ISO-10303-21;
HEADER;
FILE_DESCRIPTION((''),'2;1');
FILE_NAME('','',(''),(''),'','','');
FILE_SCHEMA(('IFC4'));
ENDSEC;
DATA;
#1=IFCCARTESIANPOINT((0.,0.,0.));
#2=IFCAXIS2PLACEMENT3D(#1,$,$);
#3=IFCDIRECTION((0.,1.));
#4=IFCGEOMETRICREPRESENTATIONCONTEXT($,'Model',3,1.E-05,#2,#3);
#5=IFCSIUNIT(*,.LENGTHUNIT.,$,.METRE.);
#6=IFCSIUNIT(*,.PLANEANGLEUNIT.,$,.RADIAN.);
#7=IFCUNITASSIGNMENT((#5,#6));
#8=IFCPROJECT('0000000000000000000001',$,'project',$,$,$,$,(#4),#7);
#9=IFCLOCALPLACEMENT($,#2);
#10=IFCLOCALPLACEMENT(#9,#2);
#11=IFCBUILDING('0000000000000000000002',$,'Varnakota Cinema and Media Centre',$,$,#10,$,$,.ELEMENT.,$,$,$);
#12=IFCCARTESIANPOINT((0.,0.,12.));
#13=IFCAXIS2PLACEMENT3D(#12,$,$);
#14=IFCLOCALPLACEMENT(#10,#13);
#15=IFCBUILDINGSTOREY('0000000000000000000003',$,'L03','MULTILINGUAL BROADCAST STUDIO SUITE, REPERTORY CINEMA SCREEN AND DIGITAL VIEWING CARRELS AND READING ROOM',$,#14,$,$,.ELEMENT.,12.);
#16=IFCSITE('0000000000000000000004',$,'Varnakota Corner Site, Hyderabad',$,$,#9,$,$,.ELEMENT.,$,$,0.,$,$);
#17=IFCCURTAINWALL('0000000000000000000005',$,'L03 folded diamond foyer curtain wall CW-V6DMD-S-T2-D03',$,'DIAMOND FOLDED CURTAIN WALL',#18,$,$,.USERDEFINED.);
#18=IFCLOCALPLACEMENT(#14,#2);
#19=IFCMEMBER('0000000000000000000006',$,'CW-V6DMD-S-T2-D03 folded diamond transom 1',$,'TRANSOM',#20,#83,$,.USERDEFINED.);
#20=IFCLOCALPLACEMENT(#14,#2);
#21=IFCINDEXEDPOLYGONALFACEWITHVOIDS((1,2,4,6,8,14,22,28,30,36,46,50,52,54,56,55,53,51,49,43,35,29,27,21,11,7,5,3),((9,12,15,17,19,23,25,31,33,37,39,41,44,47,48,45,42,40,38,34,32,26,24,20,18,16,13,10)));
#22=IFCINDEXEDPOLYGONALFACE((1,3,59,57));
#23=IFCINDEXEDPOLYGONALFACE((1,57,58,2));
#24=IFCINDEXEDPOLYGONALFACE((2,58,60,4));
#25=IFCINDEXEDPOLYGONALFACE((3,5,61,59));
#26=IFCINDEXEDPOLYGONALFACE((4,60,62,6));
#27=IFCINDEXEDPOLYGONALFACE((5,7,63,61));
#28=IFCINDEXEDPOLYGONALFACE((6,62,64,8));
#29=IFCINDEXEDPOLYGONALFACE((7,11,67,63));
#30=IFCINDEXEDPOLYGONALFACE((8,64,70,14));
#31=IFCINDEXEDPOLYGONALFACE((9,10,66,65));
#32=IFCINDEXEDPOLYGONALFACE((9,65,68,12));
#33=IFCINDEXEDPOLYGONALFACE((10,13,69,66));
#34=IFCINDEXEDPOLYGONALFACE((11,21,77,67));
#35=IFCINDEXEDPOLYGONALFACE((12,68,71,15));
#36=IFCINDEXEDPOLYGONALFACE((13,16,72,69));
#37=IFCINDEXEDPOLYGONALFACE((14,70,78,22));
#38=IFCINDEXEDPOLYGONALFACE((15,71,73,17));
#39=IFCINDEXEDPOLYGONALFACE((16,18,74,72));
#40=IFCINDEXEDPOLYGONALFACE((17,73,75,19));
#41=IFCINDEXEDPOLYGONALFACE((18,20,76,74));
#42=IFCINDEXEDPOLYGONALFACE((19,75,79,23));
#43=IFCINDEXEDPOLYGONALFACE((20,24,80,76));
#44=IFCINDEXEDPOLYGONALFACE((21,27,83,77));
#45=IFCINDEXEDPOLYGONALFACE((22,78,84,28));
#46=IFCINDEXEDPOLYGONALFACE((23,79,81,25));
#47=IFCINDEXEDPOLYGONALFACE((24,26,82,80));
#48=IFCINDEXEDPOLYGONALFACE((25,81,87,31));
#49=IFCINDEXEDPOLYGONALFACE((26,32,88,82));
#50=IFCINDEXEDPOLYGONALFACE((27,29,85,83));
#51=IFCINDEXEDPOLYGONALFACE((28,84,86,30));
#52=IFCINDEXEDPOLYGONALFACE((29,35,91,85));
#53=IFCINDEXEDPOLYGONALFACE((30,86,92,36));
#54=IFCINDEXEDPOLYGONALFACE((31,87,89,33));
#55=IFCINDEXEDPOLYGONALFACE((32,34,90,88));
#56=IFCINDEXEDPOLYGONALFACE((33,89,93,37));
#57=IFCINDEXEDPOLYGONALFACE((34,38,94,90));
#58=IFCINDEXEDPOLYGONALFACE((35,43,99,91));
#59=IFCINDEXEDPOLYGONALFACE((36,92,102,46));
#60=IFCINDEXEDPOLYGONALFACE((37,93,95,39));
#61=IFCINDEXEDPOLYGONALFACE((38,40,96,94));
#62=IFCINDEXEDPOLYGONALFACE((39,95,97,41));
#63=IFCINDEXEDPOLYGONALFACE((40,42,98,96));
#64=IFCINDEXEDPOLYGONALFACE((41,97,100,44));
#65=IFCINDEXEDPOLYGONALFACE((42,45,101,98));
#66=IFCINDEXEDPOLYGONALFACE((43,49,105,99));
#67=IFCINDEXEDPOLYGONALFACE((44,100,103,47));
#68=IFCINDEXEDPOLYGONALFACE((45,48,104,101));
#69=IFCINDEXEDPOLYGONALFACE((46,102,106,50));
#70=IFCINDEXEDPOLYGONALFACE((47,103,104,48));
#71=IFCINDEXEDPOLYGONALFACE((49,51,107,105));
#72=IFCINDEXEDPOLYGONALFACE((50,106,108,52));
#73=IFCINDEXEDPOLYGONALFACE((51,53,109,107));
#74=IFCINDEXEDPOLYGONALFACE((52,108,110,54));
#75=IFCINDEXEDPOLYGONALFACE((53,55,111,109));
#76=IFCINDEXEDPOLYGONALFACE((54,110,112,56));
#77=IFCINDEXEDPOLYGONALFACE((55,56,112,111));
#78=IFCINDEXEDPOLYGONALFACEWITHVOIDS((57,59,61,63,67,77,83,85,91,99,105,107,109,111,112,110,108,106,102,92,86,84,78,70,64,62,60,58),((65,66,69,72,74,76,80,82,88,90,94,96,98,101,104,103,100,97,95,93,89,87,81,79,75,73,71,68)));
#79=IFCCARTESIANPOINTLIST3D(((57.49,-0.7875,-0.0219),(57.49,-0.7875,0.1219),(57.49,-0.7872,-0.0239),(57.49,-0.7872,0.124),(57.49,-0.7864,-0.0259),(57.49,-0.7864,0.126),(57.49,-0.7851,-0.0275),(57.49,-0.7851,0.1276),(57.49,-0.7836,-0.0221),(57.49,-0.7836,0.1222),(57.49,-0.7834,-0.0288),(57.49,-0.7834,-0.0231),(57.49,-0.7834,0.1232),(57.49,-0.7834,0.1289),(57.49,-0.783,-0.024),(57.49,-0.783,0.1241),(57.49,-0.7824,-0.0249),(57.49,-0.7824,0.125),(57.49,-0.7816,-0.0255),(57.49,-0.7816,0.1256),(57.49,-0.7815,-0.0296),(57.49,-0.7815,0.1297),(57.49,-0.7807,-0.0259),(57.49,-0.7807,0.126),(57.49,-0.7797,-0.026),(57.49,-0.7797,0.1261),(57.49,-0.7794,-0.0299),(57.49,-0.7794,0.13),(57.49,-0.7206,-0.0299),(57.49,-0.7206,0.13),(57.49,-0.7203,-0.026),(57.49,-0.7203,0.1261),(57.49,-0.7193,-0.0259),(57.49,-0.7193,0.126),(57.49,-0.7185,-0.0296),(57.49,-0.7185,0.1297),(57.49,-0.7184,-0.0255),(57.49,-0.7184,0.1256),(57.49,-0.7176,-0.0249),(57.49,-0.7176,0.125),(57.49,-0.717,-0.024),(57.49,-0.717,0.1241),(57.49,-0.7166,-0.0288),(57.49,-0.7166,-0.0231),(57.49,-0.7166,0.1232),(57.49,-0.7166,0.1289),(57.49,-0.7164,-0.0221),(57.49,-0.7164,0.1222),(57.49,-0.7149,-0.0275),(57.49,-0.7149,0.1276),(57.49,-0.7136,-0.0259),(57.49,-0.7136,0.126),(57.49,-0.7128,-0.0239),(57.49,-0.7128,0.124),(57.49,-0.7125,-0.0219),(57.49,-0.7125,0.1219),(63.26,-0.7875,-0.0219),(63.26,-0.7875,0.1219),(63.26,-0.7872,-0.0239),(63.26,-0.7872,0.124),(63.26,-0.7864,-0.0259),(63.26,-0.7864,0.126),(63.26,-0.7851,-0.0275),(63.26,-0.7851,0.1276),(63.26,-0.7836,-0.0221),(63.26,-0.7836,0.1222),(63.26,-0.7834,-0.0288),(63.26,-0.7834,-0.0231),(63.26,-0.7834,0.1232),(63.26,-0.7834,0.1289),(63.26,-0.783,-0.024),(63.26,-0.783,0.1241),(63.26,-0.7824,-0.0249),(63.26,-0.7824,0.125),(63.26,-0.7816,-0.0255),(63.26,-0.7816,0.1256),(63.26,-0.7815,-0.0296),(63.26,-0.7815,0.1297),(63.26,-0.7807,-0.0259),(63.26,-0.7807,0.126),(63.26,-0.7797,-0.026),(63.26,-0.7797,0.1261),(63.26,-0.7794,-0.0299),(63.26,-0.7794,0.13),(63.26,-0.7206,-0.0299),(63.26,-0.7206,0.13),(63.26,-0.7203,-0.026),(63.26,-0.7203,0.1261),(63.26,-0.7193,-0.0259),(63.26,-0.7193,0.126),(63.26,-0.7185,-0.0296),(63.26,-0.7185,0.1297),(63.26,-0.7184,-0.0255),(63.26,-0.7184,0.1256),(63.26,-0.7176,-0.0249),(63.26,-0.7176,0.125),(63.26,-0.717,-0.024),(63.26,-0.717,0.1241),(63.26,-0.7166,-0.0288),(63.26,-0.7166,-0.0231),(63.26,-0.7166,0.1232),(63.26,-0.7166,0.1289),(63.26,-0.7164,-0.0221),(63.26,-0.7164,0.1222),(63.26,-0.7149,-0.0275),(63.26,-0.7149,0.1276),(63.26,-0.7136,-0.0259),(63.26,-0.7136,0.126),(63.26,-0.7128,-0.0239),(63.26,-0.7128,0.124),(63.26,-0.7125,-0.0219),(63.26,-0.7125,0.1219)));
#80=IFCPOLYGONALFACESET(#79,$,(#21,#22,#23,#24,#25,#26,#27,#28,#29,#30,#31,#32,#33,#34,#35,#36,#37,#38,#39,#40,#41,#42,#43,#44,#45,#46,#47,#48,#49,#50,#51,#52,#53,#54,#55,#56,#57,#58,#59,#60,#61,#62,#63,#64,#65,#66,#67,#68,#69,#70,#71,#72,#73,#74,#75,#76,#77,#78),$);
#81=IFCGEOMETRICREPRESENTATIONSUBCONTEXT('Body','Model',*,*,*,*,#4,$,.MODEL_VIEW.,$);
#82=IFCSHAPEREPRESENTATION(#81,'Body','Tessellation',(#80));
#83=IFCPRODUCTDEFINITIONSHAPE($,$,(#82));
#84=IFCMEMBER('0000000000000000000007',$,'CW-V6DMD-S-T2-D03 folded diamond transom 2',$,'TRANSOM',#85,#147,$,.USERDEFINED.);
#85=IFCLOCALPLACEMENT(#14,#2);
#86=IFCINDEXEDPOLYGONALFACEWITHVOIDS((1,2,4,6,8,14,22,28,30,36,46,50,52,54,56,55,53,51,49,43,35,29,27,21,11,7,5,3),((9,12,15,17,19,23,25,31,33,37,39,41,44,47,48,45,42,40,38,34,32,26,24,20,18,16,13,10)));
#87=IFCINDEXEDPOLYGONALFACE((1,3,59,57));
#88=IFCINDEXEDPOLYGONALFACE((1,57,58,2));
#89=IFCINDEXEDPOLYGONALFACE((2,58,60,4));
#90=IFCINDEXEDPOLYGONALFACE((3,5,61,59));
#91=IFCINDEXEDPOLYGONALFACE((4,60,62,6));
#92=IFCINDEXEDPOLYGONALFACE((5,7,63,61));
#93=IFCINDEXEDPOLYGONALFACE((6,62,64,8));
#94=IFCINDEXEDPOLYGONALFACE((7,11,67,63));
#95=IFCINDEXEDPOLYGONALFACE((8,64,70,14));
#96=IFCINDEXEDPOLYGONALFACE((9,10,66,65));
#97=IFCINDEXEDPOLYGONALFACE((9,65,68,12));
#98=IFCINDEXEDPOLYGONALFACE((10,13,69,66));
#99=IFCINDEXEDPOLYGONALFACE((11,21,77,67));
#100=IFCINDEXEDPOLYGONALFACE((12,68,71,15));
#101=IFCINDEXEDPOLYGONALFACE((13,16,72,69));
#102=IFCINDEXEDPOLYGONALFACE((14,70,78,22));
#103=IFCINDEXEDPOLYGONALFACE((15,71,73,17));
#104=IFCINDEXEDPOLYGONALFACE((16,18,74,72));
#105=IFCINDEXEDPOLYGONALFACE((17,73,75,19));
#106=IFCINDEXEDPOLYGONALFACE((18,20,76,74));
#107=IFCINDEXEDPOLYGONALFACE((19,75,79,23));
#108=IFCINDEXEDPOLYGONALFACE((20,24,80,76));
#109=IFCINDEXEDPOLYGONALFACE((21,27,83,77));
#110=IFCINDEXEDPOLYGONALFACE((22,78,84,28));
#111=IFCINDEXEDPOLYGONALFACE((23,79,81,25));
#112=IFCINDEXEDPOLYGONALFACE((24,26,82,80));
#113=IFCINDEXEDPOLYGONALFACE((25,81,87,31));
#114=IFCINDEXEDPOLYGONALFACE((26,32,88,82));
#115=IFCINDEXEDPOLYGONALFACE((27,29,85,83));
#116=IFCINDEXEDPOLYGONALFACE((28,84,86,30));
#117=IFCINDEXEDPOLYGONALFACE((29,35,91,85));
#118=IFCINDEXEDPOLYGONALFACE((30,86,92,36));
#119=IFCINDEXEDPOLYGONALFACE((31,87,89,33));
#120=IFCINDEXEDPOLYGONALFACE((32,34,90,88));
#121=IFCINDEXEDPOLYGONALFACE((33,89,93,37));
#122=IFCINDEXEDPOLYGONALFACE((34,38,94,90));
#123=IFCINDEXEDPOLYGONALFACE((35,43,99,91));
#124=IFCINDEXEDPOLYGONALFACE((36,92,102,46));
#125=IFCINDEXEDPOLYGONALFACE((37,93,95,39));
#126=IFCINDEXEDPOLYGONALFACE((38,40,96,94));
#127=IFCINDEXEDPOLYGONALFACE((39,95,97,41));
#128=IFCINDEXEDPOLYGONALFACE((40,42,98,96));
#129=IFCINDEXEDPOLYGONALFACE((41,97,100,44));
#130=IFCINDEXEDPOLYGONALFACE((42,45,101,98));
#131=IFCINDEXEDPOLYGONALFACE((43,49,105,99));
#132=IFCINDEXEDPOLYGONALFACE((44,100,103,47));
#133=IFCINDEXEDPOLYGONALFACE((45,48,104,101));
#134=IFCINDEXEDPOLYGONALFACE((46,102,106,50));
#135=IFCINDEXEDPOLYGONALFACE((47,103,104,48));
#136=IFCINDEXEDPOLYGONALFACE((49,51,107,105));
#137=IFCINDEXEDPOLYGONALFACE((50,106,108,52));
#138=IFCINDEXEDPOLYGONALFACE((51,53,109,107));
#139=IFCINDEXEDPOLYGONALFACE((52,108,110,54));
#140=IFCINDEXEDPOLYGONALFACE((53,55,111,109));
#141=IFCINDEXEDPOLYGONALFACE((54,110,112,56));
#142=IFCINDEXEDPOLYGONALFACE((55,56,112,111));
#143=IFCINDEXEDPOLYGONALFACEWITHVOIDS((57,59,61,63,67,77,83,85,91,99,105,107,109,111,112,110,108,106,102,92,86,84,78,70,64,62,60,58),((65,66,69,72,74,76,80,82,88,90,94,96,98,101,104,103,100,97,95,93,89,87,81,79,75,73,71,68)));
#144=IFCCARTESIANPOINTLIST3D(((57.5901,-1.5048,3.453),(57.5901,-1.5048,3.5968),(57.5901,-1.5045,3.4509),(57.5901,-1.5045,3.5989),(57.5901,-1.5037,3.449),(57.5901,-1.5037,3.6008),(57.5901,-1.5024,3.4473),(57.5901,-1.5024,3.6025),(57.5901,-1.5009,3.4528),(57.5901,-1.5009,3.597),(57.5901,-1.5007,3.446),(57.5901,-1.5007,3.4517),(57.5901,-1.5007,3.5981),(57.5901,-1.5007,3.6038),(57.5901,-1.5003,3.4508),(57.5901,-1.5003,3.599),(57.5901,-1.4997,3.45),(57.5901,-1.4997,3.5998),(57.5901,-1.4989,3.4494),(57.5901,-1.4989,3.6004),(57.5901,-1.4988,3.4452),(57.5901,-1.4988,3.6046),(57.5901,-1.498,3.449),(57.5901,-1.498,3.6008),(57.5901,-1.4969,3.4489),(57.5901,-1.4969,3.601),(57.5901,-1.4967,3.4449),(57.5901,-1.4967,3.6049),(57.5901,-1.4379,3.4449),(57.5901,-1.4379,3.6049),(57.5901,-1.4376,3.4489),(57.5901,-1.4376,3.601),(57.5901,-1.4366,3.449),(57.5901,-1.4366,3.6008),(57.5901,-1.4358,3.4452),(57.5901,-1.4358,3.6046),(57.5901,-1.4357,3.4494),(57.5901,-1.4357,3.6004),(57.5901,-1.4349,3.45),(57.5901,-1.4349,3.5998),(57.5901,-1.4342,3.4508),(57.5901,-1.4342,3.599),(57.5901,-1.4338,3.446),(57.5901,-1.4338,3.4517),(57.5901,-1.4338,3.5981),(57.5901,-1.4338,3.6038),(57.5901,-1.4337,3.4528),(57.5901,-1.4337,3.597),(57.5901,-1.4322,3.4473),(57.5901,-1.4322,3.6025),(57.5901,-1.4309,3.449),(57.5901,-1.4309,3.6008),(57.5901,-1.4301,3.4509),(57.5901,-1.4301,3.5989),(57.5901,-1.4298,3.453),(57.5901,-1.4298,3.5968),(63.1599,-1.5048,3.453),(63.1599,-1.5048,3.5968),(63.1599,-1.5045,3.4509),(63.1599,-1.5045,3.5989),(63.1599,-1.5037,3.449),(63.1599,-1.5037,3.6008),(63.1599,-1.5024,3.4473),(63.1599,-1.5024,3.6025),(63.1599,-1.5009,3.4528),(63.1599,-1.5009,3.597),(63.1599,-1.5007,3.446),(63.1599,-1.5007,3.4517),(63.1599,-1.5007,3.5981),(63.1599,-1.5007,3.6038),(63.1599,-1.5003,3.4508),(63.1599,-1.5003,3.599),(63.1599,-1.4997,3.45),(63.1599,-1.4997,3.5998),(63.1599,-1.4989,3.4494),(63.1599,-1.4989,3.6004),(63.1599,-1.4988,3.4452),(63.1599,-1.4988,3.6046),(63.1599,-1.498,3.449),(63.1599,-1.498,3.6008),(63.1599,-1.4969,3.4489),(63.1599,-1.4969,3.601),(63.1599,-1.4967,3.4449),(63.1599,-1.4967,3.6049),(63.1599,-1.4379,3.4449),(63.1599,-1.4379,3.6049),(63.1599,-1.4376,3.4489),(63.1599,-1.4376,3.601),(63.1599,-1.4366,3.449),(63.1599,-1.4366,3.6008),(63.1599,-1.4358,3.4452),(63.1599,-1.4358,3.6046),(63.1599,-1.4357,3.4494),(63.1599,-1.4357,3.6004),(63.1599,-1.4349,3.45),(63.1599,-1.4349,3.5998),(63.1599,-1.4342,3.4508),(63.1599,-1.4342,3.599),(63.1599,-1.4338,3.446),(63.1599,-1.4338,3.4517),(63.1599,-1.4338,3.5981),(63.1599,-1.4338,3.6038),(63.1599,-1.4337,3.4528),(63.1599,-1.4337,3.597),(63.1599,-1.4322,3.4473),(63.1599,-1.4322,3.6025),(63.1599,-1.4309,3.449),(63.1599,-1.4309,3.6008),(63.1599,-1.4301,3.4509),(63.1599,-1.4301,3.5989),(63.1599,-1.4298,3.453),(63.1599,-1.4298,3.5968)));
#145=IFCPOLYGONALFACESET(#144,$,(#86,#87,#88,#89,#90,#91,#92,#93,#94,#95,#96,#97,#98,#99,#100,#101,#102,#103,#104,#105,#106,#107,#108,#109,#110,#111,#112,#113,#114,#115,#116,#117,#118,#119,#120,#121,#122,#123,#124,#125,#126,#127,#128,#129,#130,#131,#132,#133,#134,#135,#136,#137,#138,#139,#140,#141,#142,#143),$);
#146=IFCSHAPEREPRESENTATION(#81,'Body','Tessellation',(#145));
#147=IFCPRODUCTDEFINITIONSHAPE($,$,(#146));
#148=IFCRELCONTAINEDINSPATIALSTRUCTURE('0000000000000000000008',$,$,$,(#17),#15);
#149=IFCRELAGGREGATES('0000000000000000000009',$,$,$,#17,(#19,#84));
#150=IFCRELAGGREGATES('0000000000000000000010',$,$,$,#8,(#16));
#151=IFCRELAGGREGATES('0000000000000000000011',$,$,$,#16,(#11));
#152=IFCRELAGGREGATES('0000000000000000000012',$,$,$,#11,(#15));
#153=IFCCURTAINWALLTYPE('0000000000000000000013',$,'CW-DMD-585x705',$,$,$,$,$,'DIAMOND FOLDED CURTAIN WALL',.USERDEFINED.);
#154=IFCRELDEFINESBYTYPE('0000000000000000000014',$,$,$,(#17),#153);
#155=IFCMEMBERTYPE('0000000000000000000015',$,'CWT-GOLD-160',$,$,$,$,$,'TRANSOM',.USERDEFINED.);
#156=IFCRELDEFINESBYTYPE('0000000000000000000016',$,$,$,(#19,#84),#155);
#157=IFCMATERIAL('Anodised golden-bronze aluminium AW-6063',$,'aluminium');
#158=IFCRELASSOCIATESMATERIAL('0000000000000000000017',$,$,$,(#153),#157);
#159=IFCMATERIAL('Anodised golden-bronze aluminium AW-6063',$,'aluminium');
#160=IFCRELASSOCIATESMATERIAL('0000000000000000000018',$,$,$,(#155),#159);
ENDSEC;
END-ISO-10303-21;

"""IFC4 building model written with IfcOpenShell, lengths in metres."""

from ifc_helpers import new_model, si_unit, direction, frame, origin, origin_2d, place, context, subcontext, project, spatial, hollow_rectangle, extrude, material, material_profile, profile_set, type_object, element, aggregate, save


model = new_model("IFC4")

# Units and contexts
model_context = context("Model", 3, precision=1e-05, world=origin(), true_north=direction((0.0, 1.0)))
body_context = subcontext(model_context, "Body", "Model", "MODEL_VIEW")
ifc_project = project(units=[si_unit("LENGTHUNIT", "METRE"), si_unit("PLANEANGLEUNIT", "RADIAN")], contexts=[model_context])

# Site, building, storey
site_placement = place(None, origin())
site = spatial("IfcSite", under=ifc_project, at=site_placement, Name="Varnakota Corner Site, Hyderabad", CompositionType="ELEMENT", RefElevation=0.0)
building_placement = place(site_placement, origin())
building = spatial("IfcBuilding", under=site, at=building_placement, Name="Varnakota Cinema and Media Centre", CompositionType="ELEMENT")
storey_placement = place(building_placement, frame((0.0, 0.0, 12.0)))
storey = spatial("IfcBuildingStorey", under=building, at=storey_placement, Name="L03", Description="MULTILINGUAL BROADCAST STUDIO SUITE, REPERTORY CINEMA SCREEN AND DIGITAL VIEWING CARRELS AND READING ROOM", CompositionType="ELEMENT", Elevation=12.0)

# Curtain wall, members
ifc_material_1 = material(Name="Anodised golden-bronze aluminium AW-6063", Category="aluminium")
curtain_wall_type = type_object("IfcCurtainWallType", Name="CW-DMD-585x705", ElementType="DIAMOND FOLDED CURTAIN WALL", PredefinedType="USERDEFINED", material=ifc_material_1)
curtain_wall_1_placement = place(storey_placement, origin())
curtain_wall_1 = element("IfcCurtainWall", 1, at=curtain_wall_1_placement, inside=storey, type_object=curtain_wall_type, Name="L03 folded diamond foyer curtain wall CW-V6DMD-S-T2-D03", ObjectType="DIAMOND FOLDED CURTAIN WALL", PredefinedType="USERDEFINED")
ifc_material_2 = material(Name="Anodised golden-bronze aluminium AW-6063", Category="aluminium")
ifc_material_profile_1 = material_profile(ifc_material_2, hollow_rectangle(XDim=0.075, YDim=0.1599, WallThickness=0.0039, InnerFilletRadius=0.0039, OuterFilletRadius=0.0081, at=origin_2d()), Name="AL-TRANSOM 160x75x4")
ifc_profile_set_1 = profile_set([ifc_material_profile_1], Name="Anodised golden-bronze aluminium AW-6063")
member_type_1 = type_object("IfcMemberType", Name="CWT-GOLD-160", ElementType="TRANSOM", PredefinedType="USERDEFINED", material=ifc_profile_set_1)
member_1_placement = place(storey_placement, frame((63.26, -0.75, 0.05), z_axis=(-1.0, 0.0, 0.0), x_axis=(0.0, -1.0, 0.0)))
member_1 = element("IfcMember", 2, at=member_1_placement, type_object=member_type_1, Name="CW-V6DMD-S-T2-D03 folded diamond transom 1", ObjectType="TRANSOM", PredefinedType="USERDEFINED", context=body_context, shape_type="SweptSolid", body=[
    extrude(hollow_rectangle(XDim=0.075, YDim=0.1599, WallThickness=0.0039, InnerFilletRadius=0.0039, OuterFilletRadius=0.0081, at=origin_2d()), origin(), (0.0, 0.0, 1.0), 5.77),
])
member_2_placement = place(storey_placement, frame((63.1599, -1.4673, 3.5249), z_axis=(-1.0, 0.0, 0.0), x_axis=(0.0, -1.0, 0.0)))
member_2 = element("IfcMember", 3, at=member_2_placement, type_object=member_type_1, Name="CW-V6DMD-S-T2-D03 folded diamond transom 2", ObjectType="TRANSOM", PredefinedType="USERDEFINED", context=body_context, shape_type="SweptSolid", body=[
    extrude(hollow_rectangle(XDim=0.075, YDim=0.1599, WallThickness=0.0039, InnerFilletRadius=0.0039, OuterFilletRadius=0.0081, at=origin_2d()), origin(), (0.0, 0.0, 1.0), 5.5698),
])

aggregate(curtain_wall_1, [member_1, member_2])

save(model, "model.ifc")
